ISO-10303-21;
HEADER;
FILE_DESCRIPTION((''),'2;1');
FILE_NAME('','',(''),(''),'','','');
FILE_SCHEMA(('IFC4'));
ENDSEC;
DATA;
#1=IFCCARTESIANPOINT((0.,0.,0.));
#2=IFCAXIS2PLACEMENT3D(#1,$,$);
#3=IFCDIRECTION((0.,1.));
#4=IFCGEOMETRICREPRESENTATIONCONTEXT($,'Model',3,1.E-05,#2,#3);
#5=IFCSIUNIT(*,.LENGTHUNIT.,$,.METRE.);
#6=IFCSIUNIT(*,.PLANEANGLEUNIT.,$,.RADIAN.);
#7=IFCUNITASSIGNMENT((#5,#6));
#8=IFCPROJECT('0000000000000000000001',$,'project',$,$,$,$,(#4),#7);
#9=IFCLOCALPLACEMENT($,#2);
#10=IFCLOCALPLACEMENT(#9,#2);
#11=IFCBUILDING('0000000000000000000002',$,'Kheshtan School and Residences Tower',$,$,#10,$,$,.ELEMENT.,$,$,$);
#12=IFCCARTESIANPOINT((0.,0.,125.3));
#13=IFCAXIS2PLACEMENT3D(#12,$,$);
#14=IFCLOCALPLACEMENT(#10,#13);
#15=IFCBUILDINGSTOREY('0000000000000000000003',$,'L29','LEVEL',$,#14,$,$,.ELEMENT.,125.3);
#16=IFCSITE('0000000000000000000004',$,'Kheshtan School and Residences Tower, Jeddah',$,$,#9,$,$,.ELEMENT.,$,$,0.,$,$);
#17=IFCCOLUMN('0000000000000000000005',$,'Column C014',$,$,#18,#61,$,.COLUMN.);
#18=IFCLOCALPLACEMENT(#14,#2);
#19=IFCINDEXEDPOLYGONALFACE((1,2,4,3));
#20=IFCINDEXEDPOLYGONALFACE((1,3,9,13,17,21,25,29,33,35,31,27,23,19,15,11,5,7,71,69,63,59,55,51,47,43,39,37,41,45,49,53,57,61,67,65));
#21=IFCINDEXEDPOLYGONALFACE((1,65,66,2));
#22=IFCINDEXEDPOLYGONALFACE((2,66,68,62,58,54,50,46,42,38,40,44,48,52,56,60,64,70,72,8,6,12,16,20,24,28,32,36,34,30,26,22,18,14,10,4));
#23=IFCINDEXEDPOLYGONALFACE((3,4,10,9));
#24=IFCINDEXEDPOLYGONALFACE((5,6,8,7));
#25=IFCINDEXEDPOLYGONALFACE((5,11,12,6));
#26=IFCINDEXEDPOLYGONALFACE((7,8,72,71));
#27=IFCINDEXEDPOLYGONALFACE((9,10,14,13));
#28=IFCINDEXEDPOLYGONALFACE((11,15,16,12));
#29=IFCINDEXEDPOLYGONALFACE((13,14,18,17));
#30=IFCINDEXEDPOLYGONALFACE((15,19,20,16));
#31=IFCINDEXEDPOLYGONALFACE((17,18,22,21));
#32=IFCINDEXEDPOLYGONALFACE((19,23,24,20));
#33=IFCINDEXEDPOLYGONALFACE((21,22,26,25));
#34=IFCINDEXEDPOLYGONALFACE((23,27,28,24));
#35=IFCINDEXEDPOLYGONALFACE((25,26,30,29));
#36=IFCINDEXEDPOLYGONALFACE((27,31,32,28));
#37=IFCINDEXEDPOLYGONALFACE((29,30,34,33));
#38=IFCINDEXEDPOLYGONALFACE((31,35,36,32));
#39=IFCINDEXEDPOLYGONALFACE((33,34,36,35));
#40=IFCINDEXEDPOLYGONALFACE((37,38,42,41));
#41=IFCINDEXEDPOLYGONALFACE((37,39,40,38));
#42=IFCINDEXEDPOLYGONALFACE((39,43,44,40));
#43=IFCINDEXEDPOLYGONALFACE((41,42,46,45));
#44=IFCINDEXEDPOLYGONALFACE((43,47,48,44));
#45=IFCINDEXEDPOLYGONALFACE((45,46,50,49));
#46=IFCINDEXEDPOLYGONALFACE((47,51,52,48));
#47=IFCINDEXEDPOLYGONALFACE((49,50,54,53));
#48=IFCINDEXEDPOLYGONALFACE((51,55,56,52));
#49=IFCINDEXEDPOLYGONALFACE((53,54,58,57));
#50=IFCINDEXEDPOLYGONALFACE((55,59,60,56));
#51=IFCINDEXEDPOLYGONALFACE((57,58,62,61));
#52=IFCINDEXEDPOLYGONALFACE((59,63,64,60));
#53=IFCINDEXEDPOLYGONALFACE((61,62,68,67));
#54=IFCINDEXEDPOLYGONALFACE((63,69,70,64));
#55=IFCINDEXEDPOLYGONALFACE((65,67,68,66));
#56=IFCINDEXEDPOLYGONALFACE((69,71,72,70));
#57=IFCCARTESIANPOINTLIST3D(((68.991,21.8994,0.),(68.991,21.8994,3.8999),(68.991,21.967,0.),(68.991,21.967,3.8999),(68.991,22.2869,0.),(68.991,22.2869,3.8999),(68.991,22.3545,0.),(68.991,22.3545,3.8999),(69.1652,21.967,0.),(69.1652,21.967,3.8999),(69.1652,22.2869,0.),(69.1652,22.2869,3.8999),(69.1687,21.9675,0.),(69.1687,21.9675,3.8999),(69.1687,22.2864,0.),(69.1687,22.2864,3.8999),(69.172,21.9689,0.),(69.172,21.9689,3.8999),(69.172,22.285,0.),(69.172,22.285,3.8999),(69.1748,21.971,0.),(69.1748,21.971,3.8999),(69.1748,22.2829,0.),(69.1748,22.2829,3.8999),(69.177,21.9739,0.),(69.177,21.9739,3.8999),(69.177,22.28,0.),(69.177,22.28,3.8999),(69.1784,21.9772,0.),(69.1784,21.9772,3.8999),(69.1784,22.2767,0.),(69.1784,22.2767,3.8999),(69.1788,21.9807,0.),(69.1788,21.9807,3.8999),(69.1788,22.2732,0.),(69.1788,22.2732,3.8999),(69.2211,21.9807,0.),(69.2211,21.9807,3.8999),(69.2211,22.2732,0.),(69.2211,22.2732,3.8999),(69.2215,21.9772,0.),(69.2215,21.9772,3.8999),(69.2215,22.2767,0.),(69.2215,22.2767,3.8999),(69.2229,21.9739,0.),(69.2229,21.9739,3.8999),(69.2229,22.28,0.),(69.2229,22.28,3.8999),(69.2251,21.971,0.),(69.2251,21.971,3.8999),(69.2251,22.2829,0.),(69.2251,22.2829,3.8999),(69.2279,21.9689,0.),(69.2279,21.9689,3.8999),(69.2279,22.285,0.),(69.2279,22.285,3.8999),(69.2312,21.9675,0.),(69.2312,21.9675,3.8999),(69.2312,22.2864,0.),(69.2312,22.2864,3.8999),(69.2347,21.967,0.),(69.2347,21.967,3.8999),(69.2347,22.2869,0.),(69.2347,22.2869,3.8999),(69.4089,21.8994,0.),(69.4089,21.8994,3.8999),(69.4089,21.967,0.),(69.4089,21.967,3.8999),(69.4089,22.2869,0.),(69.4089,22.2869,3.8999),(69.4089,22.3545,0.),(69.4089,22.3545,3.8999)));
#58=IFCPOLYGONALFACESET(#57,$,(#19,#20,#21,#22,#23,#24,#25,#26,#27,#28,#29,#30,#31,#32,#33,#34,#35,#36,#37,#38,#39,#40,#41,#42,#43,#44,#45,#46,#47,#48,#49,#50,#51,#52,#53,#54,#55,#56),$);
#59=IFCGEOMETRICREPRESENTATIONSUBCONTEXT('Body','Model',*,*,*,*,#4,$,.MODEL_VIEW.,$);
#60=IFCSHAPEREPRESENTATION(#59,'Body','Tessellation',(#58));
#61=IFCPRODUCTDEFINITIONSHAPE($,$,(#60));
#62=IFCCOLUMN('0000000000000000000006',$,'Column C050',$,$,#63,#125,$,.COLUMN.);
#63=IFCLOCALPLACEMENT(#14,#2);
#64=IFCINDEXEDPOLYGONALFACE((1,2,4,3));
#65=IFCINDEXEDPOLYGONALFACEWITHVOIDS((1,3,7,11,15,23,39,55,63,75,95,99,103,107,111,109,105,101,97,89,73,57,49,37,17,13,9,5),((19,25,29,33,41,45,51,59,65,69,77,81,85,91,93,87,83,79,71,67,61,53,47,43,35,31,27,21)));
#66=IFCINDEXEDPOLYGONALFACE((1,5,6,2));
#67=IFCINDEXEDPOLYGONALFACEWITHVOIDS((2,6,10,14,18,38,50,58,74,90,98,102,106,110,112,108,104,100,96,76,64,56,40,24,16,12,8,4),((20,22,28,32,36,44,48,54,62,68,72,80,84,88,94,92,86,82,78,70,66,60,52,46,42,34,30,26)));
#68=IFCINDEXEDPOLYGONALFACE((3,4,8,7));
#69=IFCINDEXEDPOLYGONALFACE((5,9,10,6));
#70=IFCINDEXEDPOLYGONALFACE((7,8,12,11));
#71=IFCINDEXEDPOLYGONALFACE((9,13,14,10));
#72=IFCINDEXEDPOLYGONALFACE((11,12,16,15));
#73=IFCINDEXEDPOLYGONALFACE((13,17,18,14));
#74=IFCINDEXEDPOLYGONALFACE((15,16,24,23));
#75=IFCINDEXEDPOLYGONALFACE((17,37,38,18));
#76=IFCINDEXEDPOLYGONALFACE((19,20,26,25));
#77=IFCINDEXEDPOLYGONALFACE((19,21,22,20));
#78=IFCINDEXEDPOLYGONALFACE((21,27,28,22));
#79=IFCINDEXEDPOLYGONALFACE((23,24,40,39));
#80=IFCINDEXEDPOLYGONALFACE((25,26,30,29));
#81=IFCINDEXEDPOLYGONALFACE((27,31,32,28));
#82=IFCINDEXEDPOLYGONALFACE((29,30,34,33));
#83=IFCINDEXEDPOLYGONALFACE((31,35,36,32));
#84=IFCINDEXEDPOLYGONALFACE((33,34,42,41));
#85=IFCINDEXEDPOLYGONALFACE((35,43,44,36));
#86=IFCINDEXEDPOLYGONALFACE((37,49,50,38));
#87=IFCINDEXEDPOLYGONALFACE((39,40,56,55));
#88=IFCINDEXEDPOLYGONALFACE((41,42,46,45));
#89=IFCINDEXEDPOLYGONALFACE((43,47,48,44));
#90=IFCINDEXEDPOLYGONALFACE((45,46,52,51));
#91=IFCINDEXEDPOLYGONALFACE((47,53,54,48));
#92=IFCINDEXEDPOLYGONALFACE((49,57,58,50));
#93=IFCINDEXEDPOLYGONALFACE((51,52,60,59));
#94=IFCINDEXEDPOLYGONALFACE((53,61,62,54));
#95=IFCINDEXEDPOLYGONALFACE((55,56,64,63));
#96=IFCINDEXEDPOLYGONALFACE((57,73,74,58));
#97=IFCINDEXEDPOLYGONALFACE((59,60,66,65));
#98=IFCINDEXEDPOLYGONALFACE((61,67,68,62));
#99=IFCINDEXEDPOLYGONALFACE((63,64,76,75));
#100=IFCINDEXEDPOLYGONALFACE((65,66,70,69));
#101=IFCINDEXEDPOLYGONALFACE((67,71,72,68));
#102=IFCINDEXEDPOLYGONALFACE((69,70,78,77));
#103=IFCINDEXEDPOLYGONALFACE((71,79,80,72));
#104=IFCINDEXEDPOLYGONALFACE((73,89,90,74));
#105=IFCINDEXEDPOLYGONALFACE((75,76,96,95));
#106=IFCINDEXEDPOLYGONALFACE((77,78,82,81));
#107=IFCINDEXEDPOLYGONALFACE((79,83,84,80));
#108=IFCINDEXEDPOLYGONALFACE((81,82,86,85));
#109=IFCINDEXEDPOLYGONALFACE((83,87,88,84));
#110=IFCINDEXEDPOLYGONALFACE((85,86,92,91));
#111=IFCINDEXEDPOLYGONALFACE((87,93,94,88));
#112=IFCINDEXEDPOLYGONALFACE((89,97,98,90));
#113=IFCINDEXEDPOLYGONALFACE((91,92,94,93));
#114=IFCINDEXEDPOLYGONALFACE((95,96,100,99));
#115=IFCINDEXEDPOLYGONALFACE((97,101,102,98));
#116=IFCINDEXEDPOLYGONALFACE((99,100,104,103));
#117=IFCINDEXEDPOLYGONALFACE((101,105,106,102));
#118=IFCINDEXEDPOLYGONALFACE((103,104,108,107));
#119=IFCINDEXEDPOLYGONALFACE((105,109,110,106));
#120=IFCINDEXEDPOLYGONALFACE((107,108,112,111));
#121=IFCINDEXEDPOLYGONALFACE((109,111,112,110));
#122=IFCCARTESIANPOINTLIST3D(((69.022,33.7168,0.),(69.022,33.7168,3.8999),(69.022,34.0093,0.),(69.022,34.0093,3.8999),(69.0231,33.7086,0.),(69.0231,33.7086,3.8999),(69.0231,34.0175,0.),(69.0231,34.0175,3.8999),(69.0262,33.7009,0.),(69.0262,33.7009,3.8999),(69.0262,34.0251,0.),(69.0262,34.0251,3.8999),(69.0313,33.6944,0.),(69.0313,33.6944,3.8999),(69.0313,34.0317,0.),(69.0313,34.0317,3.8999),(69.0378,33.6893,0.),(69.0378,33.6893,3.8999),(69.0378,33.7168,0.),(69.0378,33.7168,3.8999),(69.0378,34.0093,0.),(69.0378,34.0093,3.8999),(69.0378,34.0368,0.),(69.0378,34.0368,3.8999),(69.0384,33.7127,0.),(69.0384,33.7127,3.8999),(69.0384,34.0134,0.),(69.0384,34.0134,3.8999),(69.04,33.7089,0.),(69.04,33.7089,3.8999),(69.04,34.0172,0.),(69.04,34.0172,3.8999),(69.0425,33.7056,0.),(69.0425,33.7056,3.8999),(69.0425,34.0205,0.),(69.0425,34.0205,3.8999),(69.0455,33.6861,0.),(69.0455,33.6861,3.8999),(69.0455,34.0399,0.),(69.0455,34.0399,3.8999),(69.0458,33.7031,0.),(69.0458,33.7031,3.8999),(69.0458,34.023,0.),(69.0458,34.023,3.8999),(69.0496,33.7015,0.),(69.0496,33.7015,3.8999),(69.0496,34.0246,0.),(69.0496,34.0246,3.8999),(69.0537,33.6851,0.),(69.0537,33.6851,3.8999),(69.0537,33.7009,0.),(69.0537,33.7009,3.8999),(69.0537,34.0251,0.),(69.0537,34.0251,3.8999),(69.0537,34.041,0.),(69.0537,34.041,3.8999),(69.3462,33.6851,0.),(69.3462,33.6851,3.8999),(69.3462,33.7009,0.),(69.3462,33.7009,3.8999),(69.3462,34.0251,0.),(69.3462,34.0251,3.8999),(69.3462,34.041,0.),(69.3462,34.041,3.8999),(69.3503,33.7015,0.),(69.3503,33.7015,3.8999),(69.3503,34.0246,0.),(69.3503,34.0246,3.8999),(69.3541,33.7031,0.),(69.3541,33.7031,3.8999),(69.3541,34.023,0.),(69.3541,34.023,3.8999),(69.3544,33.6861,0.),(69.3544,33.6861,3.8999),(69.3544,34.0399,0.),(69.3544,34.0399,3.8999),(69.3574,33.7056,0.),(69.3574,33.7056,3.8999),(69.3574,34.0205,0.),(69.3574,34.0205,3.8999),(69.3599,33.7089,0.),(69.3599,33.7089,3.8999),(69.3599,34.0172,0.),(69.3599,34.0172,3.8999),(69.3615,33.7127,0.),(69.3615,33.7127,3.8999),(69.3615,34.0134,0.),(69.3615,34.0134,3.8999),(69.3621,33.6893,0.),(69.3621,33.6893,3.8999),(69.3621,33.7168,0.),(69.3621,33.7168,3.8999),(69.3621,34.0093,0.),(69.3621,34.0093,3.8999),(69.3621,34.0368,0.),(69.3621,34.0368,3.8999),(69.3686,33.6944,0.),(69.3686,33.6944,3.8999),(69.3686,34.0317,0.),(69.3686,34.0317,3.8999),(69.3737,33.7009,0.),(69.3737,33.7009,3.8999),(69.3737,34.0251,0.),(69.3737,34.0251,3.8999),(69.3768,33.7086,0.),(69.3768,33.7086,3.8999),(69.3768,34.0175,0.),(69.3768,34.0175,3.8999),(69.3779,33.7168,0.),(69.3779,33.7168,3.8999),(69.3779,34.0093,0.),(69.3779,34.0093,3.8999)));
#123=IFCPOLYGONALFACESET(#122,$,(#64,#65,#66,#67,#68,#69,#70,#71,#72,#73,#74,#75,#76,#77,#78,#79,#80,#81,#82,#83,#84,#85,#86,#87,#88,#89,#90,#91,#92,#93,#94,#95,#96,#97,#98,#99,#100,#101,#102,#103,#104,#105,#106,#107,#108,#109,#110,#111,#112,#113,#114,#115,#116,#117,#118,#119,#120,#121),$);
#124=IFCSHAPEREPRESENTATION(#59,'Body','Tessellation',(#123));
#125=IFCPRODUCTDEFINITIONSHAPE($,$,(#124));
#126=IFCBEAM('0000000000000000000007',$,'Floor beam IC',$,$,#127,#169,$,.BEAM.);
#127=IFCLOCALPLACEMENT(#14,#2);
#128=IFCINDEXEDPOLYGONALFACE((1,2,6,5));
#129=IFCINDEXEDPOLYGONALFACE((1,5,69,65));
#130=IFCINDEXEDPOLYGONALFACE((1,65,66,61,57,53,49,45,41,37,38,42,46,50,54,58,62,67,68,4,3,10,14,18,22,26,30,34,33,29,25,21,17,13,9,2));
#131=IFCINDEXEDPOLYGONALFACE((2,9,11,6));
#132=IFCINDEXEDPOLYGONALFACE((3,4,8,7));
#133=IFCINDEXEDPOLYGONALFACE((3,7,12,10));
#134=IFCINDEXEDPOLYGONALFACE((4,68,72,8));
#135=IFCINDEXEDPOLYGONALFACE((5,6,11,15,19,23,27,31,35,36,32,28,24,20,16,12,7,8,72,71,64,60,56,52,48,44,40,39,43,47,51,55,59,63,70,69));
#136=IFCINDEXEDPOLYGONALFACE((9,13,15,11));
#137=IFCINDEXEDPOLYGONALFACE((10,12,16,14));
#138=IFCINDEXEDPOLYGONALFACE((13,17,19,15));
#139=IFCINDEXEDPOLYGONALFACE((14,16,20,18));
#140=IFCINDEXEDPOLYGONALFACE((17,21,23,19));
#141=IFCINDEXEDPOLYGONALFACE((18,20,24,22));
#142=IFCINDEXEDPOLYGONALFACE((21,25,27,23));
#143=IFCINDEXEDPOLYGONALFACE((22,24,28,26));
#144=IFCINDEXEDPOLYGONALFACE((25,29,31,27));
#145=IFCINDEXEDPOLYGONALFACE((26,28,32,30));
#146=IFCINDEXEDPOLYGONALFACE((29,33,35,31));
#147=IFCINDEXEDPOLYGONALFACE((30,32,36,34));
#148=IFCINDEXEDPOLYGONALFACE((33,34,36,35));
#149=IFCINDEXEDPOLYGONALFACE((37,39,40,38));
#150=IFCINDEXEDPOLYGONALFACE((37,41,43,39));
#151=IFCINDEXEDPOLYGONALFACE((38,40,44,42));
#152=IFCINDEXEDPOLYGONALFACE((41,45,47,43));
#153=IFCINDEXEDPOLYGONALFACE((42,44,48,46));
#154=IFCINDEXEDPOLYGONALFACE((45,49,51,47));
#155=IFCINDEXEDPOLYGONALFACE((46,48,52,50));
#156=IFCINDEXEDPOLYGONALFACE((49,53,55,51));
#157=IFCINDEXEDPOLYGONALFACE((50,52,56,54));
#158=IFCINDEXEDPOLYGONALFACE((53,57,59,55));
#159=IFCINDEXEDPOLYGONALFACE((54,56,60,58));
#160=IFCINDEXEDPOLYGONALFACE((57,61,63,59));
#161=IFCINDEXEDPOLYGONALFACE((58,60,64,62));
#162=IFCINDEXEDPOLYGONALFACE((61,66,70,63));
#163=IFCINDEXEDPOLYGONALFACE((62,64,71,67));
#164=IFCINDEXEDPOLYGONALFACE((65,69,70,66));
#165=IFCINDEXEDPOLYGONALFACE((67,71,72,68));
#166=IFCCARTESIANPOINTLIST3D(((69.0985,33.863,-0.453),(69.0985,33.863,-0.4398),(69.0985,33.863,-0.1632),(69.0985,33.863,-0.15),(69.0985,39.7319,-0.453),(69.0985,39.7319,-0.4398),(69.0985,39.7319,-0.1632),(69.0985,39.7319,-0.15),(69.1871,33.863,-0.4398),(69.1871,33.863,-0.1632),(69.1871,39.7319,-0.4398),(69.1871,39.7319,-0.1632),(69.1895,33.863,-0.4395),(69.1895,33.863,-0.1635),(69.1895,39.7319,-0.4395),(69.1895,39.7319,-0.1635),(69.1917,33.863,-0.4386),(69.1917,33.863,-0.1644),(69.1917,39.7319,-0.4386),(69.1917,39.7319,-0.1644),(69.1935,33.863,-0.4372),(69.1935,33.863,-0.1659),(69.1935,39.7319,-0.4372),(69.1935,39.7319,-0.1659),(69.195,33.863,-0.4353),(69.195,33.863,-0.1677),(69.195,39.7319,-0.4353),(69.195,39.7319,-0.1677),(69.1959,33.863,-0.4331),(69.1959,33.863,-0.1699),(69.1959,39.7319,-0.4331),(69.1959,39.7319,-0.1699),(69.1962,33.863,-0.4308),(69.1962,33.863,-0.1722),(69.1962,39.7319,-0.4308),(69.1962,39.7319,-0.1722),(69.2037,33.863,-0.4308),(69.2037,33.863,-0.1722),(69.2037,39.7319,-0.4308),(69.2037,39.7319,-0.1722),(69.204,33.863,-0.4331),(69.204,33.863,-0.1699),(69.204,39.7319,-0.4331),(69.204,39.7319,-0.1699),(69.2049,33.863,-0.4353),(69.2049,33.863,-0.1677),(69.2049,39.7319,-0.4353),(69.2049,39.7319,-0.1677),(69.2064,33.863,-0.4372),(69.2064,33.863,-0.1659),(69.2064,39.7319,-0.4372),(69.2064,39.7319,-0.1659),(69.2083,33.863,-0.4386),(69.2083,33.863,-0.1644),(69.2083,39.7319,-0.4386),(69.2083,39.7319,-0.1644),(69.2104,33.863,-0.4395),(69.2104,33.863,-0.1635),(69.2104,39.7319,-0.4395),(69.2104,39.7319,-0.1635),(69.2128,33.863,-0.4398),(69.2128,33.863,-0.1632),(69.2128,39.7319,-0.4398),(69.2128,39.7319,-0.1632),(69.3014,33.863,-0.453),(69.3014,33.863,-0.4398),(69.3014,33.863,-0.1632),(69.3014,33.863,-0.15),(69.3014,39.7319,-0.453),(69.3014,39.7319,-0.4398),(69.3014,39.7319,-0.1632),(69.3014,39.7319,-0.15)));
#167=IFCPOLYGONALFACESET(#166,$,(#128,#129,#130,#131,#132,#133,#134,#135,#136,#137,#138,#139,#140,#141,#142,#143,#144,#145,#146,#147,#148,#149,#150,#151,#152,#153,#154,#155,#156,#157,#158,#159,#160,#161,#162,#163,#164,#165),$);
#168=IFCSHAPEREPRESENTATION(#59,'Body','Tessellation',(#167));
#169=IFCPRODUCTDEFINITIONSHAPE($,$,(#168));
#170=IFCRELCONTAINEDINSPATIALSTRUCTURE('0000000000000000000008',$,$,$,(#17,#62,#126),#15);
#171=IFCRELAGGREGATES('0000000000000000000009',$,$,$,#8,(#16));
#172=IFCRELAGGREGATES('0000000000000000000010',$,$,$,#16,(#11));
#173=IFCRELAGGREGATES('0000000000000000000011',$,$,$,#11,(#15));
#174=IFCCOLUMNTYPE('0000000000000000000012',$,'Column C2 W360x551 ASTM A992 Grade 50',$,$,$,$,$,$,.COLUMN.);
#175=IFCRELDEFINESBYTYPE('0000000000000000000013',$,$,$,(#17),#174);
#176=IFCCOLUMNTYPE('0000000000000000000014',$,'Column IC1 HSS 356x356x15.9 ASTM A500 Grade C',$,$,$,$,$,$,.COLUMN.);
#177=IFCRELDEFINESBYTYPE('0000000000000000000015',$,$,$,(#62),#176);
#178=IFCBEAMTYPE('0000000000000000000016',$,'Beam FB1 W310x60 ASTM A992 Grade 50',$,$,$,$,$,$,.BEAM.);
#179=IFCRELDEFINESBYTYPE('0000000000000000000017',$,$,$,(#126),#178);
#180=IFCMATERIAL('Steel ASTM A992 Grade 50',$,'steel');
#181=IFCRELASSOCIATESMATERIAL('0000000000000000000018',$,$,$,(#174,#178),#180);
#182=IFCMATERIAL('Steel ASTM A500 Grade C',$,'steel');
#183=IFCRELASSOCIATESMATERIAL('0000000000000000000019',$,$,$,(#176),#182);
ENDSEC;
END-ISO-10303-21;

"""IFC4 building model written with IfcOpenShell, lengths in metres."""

from ifc_helpers import new_model, si_unit, direction, frame, origin, origin_2d, place, context, subcontext, project, spatial, hollow_rectangle, i_section, extrude, material, material_profile, profile_set, type_object, element, save


model = new_model("IFC4")

# Units and contexts
model_context = context("Model", 3, precision=1e-05, world=origin(), true_north=direction((0.0, 1.0)))
body_context = subcontext(model_context, "Body", "Model", "MODEL_VIEW")
ifc_project = project(units=[si_unit("LENGTHUNIT", "METRE"), si_unit("PLANEANGLEUNIT", "RADIAN")], contexts=[model_context])

# Site, building, storey
site_placement = place(None, origin())
site = spatial("IfcSite", under=ifc_project, at=site_placement, Name="Kheshtan School and Residences Tower, Jeddah", CompositionType="ELEMENT", RefElevation=0.0)
building_placement = place(site_placement, origin())
building = spatial("IfcBuilding", under=site, at=building_placement, Name="Kheshtan School and Residences Tower", CompositionType="ELEMENT")
storey_placement = place(building_placement, frame((0.0, 0.0, 125.3)))
storey = spatial("IfcBuildingStorey", under=building, at=storey_placement, Name="L29", Description="LEVEL", CompositionType="ELEMENT", Elevation=125.3)

# Columns
ifc_material_1 = material(Name="Steel ASTM A992 Grade 50", Category="steel")
ifc_material_profile_1 = material_profile(ifc_material_1, i_section(OverallWidth=0.418, OverallDepth=0.4551, WebThickness=0.0422, FlangeThickness=0.0676, FilletRadius=0.0137, at=origin_2d()), Name="W360x551")
ifc_profile_set_1 = profile_set([ifc_material_profile_1], Name="Steel ASTM A992 Grade 50")
column_type_1 = type_object("IfcColumnType", Name="Column C2 W360x551 ASTM A992 Grade 50", PredefinedType="COLUMN", material=ifc_profile_set_1)
column_1_placement = place(storey_placement, frame((69.2, 22.127, 0.0), z_axis=(0.0, 0.0, 1.0), x_axis=(1.0, 0.0, 0.0)))
element("IfcColumn", 1, at=column_1_placement, inside=storey, type_object=column_type_1, Name="Column C014", PredefinedType="COLUMN", context=body_context, shape_type="SweptSolid", body=[
    extrude(i_section(OverallWidth=0.418, OverallDepth=0.4551, WebThickness=0.0422, FlangeThickness=0.0676, FilletRadius=0.0137, at=origin_2d()), origin(), (0.0, 0.0, 1.0), 3.8999),
])
ifc_material_2 = material(Name="Steel ASTM A500 Grade C", Category="steel")
ifc_material_profile_2 = material_profile(ifc_material_2, hollow_rectangle(XDim=0.356, YDim=0.356, WallThickness=0.0159, InnerFilletRadius=0.0159, OuterFilletRadius=0.0317, at=origin_2d()), Name="HSS 356x356x15.9")
ifc_profile_set_2 = profile_set([ifc_material_profile_2], Name="Steel ASTM A500 Grade C")
column_type_2 = type_object("IfcColumnType", Name="Column IC1 HSS 356x356x15.9 ASTM A500 Grade C", PredefinedType="COLUMN", material=ifc_profile_set_2)
column_2_placement = place(storey_placement, frame((69.2, 33.863, 0.0), z_axis=(0.0, 0.0, 1.0), x_axis=(1.0, 0.0, 0.0)))
element("IfcColumn", 2, at=column_2_placement, inside=storey, type_object=column_type_2, Name="Column C050", PredefinedType="COLUMN", context=body_context, shape_type="SweptSolid", body=[
    extrude(hollow_rectangle(XDim=0.356, YDim=0.356, WallThickness=0.0159, InnerFilletRadius=0.0159, OuterFilletRadius=0.0317, at=origin_2d()), origin(), (0.0, 0.0, 1.0), 3.8999),
])

# Beam
ifc_material_profile_3 = material_profile(ifc_material_1, i_section(OverallWidth=0.2029, OverallDepth=0.303, WebThickness=0.0076, FlangeThickness=0.0132, FilletRadius=0.009, at=origin_2d()), Name="W310x60")
ifc_profile_set_3 = profile_set([ifc_material_profile_3], Name="Steel ASTM A992 Grade 50")
beam_type_1 = type_object("IfcBeamType", Name="Beam FB1 W310x60 ASTM A992 Grade 50", PredefinedType="BEAM", material=ifc_profile_set_3)
beam_1_placement = place(storey_placement, frame((69.2, 33.863, -0.3015), z_axis=(0.0, 1.0, 0.0), x_axis=(-1.0, 0.0, 0.0)))
element("IfcBeam", 3, at=beam_1_placement, inside=storey, type_object=beam_type_1, Name="Floor beam IC", PredefinedType="BEAM", context=body_context, shape_type="SweptSolid", body=[
    extrude(i_section(OverallWidth=0.2029, OverallDepth=0.303, WebThickness=0.0076, FlangeThickness=0.0132, FilletRadius=0.009, at=origin_2d()), origin(), (0.0, 0.0, 1.0), 5.8689),
])

save(model, "model.ifc")
